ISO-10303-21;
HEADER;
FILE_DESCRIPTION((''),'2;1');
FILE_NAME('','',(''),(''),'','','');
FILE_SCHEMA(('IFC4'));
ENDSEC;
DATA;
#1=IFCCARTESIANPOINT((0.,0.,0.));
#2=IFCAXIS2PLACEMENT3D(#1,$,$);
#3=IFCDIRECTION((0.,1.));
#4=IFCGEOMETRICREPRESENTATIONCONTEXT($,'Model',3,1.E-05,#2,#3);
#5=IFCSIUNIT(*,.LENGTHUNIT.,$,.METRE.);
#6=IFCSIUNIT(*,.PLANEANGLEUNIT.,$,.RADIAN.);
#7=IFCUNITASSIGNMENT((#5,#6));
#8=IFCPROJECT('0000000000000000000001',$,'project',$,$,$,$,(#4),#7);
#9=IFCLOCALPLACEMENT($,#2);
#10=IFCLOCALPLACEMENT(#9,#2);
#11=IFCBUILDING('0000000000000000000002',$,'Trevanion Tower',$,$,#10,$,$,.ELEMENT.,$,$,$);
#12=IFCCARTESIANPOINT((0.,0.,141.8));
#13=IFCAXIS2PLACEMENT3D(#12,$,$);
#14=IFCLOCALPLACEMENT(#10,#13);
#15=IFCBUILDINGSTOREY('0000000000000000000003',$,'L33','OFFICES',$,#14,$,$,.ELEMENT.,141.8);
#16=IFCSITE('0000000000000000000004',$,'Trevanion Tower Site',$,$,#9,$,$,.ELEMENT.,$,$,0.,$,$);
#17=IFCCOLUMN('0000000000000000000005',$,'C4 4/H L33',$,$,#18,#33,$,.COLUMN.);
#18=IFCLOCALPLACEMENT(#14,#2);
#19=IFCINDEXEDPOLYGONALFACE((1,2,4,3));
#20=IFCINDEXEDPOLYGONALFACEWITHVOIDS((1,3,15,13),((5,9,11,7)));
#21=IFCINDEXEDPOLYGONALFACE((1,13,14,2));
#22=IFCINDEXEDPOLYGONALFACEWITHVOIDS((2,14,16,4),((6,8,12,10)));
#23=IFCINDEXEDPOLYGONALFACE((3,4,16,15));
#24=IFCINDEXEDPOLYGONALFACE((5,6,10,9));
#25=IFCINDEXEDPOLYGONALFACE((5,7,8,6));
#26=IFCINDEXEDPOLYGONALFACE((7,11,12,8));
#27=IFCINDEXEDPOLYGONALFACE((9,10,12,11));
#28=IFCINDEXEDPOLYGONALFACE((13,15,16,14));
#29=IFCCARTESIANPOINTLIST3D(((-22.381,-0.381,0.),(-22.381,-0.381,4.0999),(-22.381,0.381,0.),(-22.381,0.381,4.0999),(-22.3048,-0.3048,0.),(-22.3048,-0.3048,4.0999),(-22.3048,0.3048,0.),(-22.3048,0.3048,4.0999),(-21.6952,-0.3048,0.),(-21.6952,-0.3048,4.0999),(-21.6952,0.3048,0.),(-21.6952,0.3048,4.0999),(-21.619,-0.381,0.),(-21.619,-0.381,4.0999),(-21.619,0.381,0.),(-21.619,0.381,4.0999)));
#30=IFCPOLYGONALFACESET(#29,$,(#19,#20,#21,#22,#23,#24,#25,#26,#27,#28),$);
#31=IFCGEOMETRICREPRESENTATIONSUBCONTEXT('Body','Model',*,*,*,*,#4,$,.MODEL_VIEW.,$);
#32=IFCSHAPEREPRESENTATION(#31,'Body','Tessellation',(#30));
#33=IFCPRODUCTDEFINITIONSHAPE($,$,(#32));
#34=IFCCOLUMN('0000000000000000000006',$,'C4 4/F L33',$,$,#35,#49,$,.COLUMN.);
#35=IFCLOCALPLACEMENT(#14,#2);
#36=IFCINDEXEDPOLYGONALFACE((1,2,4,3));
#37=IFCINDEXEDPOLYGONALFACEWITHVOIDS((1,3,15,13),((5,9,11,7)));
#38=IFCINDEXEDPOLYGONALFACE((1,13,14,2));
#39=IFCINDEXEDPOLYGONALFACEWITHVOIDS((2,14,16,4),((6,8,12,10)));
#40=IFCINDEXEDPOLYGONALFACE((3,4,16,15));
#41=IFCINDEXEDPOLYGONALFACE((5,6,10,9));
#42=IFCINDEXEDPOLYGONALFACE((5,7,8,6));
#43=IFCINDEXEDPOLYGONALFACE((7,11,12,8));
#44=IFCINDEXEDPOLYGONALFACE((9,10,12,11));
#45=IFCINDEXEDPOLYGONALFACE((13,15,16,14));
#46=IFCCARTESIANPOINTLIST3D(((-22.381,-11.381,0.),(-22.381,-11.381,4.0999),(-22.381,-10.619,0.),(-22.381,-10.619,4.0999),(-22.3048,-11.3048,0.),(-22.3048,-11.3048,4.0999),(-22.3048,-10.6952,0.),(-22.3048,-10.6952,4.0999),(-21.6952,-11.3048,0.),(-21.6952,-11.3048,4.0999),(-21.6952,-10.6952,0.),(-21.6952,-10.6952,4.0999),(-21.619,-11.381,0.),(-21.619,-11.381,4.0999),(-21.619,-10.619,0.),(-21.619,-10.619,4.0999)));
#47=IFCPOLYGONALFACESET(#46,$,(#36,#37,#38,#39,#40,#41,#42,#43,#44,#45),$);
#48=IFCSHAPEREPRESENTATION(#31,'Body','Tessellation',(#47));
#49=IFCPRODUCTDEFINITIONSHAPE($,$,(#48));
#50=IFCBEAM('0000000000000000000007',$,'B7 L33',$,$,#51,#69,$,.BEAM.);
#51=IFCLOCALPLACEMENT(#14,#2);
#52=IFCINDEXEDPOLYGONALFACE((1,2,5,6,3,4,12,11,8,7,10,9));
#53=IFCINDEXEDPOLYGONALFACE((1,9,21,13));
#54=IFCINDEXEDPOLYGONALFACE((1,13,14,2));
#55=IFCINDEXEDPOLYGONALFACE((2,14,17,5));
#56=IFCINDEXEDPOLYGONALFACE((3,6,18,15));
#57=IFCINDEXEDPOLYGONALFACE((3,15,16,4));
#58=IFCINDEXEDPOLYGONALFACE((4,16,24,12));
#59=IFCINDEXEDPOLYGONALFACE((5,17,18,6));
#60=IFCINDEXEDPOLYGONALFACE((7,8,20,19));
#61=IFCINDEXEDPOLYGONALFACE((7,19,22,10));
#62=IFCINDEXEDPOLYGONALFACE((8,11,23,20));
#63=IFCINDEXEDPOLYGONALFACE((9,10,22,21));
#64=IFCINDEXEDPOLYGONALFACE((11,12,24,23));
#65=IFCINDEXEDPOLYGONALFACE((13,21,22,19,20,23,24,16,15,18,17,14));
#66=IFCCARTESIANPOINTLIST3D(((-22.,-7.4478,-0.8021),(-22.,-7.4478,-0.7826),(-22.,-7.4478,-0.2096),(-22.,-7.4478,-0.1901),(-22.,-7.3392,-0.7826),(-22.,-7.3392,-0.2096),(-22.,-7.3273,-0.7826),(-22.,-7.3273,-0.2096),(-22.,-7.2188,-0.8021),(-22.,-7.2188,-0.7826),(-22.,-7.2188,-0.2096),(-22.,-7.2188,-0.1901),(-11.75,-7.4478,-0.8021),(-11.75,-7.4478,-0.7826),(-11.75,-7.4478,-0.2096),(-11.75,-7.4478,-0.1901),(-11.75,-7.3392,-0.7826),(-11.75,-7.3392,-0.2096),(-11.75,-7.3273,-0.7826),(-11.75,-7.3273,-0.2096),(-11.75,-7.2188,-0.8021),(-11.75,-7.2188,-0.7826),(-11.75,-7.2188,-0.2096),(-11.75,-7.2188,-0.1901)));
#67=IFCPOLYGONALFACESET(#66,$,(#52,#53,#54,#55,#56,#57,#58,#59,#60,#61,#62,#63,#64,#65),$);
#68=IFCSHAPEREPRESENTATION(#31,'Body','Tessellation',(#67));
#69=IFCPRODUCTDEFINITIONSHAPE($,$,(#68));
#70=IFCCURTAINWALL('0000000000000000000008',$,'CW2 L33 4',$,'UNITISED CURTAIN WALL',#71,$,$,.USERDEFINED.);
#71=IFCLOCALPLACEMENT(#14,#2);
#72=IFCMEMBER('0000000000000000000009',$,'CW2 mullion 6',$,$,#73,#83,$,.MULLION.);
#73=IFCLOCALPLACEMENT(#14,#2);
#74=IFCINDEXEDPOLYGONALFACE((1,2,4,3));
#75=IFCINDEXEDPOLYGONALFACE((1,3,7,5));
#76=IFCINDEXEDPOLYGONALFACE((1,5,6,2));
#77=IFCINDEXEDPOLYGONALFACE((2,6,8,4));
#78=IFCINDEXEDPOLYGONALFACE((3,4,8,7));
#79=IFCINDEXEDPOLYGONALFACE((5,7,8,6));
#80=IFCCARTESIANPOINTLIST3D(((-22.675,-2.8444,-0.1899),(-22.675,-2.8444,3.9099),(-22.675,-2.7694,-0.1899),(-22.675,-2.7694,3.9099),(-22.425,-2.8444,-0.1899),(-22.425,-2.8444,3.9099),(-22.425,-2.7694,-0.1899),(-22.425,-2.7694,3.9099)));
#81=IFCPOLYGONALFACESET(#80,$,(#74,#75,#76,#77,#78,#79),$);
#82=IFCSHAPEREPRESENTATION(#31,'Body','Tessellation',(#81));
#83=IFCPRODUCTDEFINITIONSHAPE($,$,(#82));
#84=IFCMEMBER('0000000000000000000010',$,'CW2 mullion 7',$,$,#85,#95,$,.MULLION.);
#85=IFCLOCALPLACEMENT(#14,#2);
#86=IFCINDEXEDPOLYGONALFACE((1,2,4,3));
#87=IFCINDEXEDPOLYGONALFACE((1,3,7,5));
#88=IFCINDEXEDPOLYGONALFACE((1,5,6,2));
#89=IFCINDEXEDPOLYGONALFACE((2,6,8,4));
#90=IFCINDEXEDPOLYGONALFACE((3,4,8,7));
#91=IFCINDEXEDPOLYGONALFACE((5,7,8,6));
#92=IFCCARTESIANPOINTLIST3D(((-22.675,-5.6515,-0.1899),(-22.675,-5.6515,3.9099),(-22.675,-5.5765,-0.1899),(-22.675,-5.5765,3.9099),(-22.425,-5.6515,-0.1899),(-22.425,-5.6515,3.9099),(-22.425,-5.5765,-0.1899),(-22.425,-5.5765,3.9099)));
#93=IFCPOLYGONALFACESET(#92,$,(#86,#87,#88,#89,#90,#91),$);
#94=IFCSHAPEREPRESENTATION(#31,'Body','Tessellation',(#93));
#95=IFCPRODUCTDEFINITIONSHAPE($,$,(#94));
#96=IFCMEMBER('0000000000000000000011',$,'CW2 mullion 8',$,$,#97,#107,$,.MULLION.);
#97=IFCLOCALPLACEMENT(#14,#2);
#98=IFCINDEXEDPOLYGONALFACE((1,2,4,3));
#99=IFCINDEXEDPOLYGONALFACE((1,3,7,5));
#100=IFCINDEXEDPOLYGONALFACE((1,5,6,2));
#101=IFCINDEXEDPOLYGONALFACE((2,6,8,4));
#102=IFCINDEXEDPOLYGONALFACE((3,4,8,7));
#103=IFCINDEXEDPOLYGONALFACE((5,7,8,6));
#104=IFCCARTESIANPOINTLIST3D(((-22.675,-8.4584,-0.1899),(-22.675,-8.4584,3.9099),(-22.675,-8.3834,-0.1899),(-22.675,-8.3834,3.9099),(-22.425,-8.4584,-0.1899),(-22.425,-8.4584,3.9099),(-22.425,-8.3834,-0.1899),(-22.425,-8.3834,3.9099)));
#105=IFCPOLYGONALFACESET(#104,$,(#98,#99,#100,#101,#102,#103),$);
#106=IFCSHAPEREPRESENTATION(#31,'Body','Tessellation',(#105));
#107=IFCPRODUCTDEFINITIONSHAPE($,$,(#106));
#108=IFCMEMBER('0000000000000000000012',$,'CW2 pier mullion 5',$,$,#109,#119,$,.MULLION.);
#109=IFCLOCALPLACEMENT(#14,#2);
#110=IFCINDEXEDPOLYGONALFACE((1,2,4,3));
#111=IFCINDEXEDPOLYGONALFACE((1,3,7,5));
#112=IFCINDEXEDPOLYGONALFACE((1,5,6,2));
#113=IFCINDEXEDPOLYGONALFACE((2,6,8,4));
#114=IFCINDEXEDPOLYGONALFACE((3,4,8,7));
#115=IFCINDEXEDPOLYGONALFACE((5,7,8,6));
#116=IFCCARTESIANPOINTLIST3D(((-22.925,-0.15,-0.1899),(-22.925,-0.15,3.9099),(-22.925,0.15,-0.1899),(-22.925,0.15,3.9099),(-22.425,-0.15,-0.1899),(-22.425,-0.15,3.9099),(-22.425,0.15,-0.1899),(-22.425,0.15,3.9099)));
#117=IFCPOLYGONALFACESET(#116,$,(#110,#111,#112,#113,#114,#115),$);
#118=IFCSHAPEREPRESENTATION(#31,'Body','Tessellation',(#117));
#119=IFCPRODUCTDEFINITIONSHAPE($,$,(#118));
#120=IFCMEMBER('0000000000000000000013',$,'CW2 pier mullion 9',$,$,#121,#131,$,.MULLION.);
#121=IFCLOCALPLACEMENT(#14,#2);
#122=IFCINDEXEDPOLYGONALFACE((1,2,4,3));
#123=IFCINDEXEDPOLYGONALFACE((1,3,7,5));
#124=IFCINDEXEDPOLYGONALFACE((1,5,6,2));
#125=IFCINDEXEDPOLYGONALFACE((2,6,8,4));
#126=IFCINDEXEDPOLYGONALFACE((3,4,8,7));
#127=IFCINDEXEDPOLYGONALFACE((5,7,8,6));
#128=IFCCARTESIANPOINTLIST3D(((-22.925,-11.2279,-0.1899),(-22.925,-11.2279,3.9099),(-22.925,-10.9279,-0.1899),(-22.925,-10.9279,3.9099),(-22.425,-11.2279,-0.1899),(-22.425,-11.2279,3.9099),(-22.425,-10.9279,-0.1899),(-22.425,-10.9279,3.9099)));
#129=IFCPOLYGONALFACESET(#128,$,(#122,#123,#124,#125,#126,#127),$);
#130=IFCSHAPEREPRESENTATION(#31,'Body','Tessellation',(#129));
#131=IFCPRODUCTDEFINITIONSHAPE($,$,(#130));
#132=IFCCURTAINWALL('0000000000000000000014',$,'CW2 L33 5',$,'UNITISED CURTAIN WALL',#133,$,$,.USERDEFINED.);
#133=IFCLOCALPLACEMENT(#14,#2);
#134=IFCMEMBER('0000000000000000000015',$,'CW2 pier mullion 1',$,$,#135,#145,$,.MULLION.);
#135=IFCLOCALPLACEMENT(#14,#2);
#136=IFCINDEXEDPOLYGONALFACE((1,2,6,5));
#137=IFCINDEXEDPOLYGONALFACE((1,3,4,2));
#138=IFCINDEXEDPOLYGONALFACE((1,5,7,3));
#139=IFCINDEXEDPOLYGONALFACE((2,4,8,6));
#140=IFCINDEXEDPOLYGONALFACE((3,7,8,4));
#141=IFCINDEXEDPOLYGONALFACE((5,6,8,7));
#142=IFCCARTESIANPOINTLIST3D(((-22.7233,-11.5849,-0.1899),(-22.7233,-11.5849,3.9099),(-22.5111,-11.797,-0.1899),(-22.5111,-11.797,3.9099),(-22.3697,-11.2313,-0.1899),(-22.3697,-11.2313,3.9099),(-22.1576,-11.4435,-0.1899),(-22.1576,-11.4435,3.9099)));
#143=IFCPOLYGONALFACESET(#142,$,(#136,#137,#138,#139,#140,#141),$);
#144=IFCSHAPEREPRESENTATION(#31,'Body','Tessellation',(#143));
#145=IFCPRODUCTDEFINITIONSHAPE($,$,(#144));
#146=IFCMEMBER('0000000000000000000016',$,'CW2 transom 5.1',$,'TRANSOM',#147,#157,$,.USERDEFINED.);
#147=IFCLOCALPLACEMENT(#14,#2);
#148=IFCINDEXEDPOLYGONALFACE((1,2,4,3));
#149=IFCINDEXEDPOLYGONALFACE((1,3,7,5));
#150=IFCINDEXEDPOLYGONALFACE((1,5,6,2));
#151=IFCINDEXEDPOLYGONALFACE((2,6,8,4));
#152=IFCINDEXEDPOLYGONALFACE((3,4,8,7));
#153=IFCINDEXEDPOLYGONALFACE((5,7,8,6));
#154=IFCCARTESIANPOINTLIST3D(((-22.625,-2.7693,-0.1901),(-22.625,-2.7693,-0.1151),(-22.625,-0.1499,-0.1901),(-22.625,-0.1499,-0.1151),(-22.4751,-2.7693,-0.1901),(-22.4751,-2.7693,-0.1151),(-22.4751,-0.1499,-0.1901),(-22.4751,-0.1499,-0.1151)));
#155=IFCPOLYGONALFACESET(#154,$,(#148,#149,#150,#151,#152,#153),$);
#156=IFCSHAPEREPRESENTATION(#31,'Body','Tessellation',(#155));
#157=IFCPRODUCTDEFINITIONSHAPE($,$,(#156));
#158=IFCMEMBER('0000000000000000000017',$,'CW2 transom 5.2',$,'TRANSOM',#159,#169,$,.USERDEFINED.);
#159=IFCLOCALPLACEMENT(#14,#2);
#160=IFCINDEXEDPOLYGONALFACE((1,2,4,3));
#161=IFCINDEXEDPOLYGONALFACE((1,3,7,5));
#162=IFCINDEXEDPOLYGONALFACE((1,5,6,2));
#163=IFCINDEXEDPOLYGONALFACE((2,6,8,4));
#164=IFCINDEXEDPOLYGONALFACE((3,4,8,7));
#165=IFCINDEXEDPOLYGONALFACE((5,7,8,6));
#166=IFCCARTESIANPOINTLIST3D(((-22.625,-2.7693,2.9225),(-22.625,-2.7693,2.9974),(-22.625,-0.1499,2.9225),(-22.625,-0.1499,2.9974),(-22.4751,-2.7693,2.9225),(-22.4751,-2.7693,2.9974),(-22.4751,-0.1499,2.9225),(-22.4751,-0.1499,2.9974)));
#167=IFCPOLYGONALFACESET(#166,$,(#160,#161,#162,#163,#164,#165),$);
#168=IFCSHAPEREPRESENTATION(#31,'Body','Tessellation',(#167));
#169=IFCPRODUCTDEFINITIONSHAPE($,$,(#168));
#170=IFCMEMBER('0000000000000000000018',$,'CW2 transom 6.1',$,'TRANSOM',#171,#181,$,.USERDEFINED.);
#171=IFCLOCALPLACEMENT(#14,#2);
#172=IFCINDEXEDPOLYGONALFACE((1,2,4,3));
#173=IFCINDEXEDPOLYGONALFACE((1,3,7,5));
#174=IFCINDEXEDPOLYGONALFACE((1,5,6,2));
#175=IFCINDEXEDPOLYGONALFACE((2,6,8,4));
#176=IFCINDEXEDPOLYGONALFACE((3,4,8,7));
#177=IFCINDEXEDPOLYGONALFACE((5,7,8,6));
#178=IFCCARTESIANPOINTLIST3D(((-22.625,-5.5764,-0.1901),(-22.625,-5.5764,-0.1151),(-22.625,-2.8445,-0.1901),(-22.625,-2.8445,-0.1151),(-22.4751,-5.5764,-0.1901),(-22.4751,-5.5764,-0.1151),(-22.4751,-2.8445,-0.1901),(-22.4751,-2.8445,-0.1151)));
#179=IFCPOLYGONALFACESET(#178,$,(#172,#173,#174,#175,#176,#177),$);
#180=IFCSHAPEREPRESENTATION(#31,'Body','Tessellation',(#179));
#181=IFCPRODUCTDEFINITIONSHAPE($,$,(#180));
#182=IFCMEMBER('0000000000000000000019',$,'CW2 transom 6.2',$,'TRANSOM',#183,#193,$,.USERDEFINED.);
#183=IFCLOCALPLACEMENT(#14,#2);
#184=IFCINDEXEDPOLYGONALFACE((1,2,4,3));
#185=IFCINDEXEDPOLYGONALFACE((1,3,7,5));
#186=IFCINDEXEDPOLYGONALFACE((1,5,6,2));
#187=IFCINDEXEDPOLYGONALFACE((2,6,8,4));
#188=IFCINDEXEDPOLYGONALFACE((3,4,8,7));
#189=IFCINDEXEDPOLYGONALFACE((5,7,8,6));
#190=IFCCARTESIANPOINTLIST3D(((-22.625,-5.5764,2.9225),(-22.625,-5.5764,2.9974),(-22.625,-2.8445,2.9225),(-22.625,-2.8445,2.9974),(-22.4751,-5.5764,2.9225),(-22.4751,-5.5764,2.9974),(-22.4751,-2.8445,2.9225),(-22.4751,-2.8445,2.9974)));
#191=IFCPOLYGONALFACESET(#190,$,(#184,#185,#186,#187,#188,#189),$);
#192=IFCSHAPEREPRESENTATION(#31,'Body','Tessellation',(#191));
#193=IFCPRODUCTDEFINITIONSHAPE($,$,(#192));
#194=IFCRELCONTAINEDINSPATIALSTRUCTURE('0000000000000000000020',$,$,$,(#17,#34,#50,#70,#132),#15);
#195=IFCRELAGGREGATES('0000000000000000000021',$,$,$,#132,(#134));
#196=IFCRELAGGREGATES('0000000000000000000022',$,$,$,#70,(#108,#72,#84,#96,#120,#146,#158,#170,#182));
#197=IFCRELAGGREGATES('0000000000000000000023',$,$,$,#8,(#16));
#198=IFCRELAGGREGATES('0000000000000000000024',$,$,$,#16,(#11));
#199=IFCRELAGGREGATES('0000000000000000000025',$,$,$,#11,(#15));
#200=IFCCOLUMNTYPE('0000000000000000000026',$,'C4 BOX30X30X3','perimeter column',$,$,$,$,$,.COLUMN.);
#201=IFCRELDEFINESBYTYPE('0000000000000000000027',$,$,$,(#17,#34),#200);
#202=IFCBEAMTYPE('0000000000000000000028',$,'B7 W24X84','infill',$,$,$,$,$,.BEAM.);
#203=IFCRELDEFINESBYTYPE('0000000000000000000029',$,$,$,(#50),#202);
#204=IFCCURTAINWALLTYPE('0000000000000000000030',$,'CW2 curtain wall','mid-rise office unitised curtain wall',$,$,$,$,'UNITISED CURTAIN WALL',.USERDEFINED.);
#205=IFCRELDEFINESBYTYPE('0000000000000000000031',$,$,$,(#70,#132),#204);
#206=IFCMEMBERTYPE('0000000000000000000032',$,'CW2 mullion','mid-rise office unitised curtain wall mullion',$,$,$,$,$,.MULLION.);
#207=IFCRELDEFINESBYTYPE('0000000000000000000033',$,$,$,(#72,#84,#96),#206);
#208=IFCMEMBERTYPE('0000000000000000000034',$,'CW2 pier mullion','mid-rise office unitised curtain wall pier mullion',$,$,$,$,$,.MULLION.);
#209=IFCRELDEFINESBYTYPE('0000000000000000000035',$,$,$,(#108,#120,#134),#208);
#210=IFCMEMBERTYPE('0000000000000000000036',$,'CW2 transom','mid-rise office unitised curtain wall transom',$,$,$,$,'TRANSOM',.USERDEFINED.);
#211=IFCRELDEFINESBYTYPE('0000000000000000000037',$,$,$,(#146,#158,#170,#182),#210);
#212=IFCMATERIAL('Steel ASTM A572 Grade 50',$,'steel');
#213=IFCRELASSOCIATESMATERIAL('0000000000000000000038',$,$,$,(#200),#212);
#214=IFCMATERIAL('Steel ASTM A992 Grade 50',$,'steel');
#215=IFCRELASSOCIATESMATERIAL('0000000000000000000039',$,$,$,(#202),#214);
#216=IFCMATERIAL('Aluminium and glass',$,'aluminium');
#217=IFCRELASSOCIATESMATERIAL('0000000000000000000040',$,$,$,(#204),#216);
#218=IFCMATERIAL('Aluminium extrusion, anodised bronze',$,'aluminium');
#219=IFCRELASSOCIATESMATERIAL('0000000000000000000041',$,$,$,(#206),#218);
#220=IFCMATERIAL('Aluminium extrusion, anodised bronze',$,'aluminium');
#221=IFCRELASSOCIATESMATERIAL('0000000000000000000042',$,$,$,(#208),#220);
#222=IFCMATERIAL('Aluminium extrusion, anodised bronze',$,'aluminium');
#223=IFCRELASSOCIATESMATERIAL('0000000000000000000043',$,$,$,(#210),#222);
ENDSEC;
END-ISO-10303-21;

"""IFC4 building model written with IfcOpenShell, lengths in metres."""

from ifc_helpers import new_model, si_unit, direction, frame, origin, origin_2d, place, context, subcontext, project, spatial, rectangle, hollow_rectangle, i_section, extrude, material, material_profile, profile_set, type_object, element, aggregate, save


model = new_model("IFC4")

# Units and contexts
model_context = context("Model", 3, precision=1e-05, world=origin(), true_north=direction((0.0, 1.0)))
body_context = subcontext(model_context, "Body", "Model", "MODEL_VIEW")
ifc_project = project(units=[si_unit("LENGTHUNIT", "METRE"), si_unit("PLANEANGLEUNIT", "RADIAN")], contexts=[model_context])

# Site, building, storey
site_placement = place(None, origin())
site = spatial("IfcSite", under=ifc_project, at=site_placement, Name="Trevanion Tower Site", CompositionType="ELEMENT", RefElevation=0.0)
building_placement = place(site_placement, origin())
building = spatial("IfcBuilding", under=site, at=building_placement, Name="Trevanion Tower", CompositionType="ELEMENT")
storey_placement = place(building_placement, frame((0.0, 0.0, 141.8)))
storey = spatial("IfcBuildingStorey", under=building, at=storey_placement, Name="L33", Description="OFFICES", CompositionType="ELEMENT", Elevation=141.8)

# Columns
ifc_material_1 = material(Name="Steel ASTM A572 Grade 50", Category="steel")
ifc_material_profile_1 = material_profile(ifc_material_1, hollow_rectangle(XDim=0.762, YDim=0.762, WallThickness=0.0762, at=origin_2d()), Name="BOX30X30X3")
ifc_profile_set_1 = profile_set([ifc_material_profile_1], Name="Steel ASTM A572 Grade 50")
column_type = type_object("IfcColumnType", Name="C4 BOX30X30X3", Description="perimeter column", PredefinedType="COLUMN", material=ifc_profile_set_1)
for number, where, z_axis, x_axis, name in (
    (1, (-22.0, 0.0, 0.0), (0.0, 0.0, 1.0), (0.0, 1.0, 0.0), "C4 4/H L33"),
    (2, (-22.0, -11.0, 0.0), (0.0, 0.0, 1.0), (0.0, 1.0, 0.0), "C4 4/F L33"),
):
    element("IfcColumn", number, at=place(storey_placement, frame(where, z_axis=z_axis, x_axis=x_axis)), inside=storey, type_object=column_type, Name=name, PredefinedType="COLUMN", context=body_context, shape_type="SweptSolid", body=[
        extrude(hollow_rectangle(XDim=0.762, YDim=0.762, WallThickness=0.0762, at=origin_2d()), origin(), (0.0, 0.0, 1.0), 4.0999),
    ])

# Beam
ifc_material_2 = material(Name="Steel ASTM A992 Grade 50", Category="steel")
ifc_material_profile_2 = material_profile(ifc_material_2, i_section(OverallWidth=0.229, OverallDepth=0.6121, WebThickness=0.012, FlangeThickness=0.0195, at=origin_2d()), Name="W24X84")
ifc_profile_set_2 = profile_set([ifc_material_profile_2], Name="Steel ASTM A992 Grade 50")
beam_type_1 = type_object("IfcBeamType", Name="B7 W24X84", Description="infill", PredefinedType="BEAM", material=ifc_profile_set_2)
beam_1_placement = place(storey_placement, frame((-11.75, -7.3333, -0.4961), z_axis=(-1.0, 0.0, 0.0), x_axis=(0.0, -1.0, 0.0)))
element("IfcBeam", 3, at=beam_1_placement, inside=storey, type_object=beam_type_1, Name="B7 L33", PredefinedType="BEAM", context=body_context, shape_type="SweptSolid", body=[
    extrude(i_section(OverallWidth=0.229, OverallDepth=0.6121, WebThickness=0.012, FlangeThickness=0.0195, at=origin_2d()), origin(), (0.0, 0.0, 1.0), 10.25),
])

# Curtain wall, members
ifc_material_3 = material(Name="Aluminium and glass", Category="aluminium")
curtain_wall_type = type_object("IfcCurtainWallType", Name="CW2 curtain wall", Description="mid-rise office unitised curtain wall", ElementType="UNITISED CURTAIN WALL", PredefinedType="USERDEFINED", material=ifc_material_3)
curtain_wall_1_placement = place(storey_placement, origin())
curtain_wall_1 = element("IfcCurtainWall", 4, at=curtain_wall_1_placement, inside=storey, type_object=curtain_wall_type, Name="CW2 L33 4", ObjectType="UNITISED CURTAIN WALL", PredefinedType="USERDEFINED")
ifc_material_4 = material(Name="Aluminium extrusion, anodised bronze", Category="aluminium")
ifc_material_profile_3 = material_profile(ifc_material_4, rectangle(XDim=0.075, YDim=0.25, at=origin_2d()), Name="CW2 mullion")
ifc_profile_set_3 = profile_set([ifc_material_profile_3], Name="Aluminium extrusion, anodised bronze")
member_type_1 = type_object("IfcMemberType", Name="CW2 mullion", Description="mid-rise office unitised curtain wall mullion", PredefinedType="MULLION", material=ifc_profile_set_3)
member_1_placement = place(storey_placement, frame((-22.55, -2.8069, -0.1899), z_axis=(0.0, 0.0, 1.0), x_axis=(0.0, -1.0, 0.0)))
member_1 = element("IfcMember", 5, at=member_1_placement, type_object=member_type_1, Name="CW2 mullion 6", PredefinedType="MULLION", context=body_context, shape_type="SweptSolid", body=[
    extrude(rectangle(XDim=0.075, YDim=0.25, at=origin_2d()), origin(), (0.0, 0.0, 1.0), 4.0999),
])
member_2_placement = place(storey_placement, frame((-22.55, -5.614, -0.1899), z_axis=(0.0, 0.0, 1.0), x_axis=(0.0, -1.0, 0.0)))
member_2 = element("IfcMember", 6, at=member_2_placement, type_object=member_type_1, Name="CW2 mullion 7", PredefinedType="MULLION", context=body_context, shape_type="SweptSolid", body=[
    extrude(rectangle(XDim=0.075, YDim=0.25, at=origin_2d()), origin(), (0.0, 0.0, 1.0), 4.0999),
])
member_3_placement = place(storey_placement, frame((-22.55, -8.4209, -0.1899), z_axis=(0.0, 0.0, 1.0), x_axis=(0.0, -1.0, 0.0)))
member_3 = element("IfcMember", 7, at=member_3_placement, type_object=member_type_1, Name="CW2 mullion 8", PredefinedType="MULLION", context=body_context, shape_type="SweptSolid", body=[
    extrude(rectangle(XDim=0.075, YDim=0.25, at=origin_2d()), origin(), (0.0, 0.0, 1.0), 4.0999),
])
ifc_material_5 = material(Name="Aluminium extrusion, anodised bronze", Category="aluminium")
ifc_material_profile_4 = material_profile(ifc_material_5, rectangle(XDim=0.3, YDim=0.5, at=origin_2d()), Name="CW2 pier mullion")
ifc_profile_set_4 = profile_set([ifc_material_profile_4], Name="Aluminium extrusion, anodised bronze")
member_type_2 = type_object("IfcMemberType", Name="CW2 pier mullion", Description="mid-rise office unitised curtain wall pier mullion", PredefinedType="MULLION", material=ifc_profile_set_4)
member_4_placement = place(storey_placement, frame((-22.675, 0.0, -0.1899), z_axis=(0.0, 0.0, 1.0), x_axis=(0.0, -1.0, 0.0)))
member_4 = element("IfcMember", 8, at=member_4_placement, type_object=member_type_2, Name="CW2 pier mullion 5", PredefinedType="MULLION", context=body_context, shape_type="SweptSolid", body=[
    extrude(rectangle(XDim=0.3, YDim=0.5, at=origin_2d()), origin(), (0.0, 0.0, 1.0), 4.0999),
])
member_5_placement = place(storey_placement, frame((-22.675, -11.0779, -0.1899), z_axis=(0.0, 0.0, 1.0), x_axis=(0.0, -1.0, 0.0)))
member_5 = element("IfcMember", 9, at=member_5_placement, type_object=member_type_2, Name="CW2 pier mullion 9", PredefinedType="MULLION", context=body_context, shape_type="SweptSolid", body=[
    extrude(rectangle(XDim=0.3, YDim=0.5, at=origin_2d()), origin(), (0.0, 0.0, 1.0), 4.0999),
])

# Curtain wall, member
curtain_wall_2_placement = place(storey_placement, origin())
curtain_wall_2 = element("IfcCurtainWall", 10, at=curtain_wall_2_placement, inside=storey, type_object=curtain_wall_type, Name="CW2 L33 5", ObjectType="UNITISED CURTAIN WALL", PredefinedType="USERDEFINED")
member_6_placement = place(storey_placement, frame((-22.4404, -11.5142, -0.1899), z_axis=(0.0, 0.0, 1.0), x_axis=(0.707107, -0.707107, 0.0)))
member_6 = element("IfcMember", 11, at=member_6_placement, type_object=member_type_2, Name="CW2 pier mullion 1", PredefinedType="MULLION", context=body_context, shape_type="SweptSolid", body=[
    extrude(rectangle(XDim=0.3, YDim=0.5, at=origin_2d()), origin(), (0.0, 0.0, 1.0), 4.0999),
])

# Members
ifc_material_6 = material(Name="Aluminium extrusion, anodised bronze", Category="aluminium")
ifc_material_profile_5 = material_profile(ifc_material_6, rectangle(XDim=0.1499, YDim=0.075, at=origin_2d()), Name="CW2 transom")
ifc_profile_set_5 = profile_set([ifc_material_profile_5], Name="Aluminium extrusion, anodised bronze")
member_type_3 = type_object("IfcMemberType", Name="CW2 transom", Description="mid-rise office unitised curtain wall transom", ElementType="TRANSOM", PredefinedType="USERDEFINED", material=ifc_profile_set_5)
member_7_placement = place(storey_placement, frame((-22.55, -0.1499, -0.1526), z_axis=(0.0, -1.0, 0.0), x_axis=(1.0, 0.0, 0.0)))
member_7 = element("IfcMember", 12, at=member_7_placement, type_object=member_type_3, Name="CW2 transom 5.1", ObjectType="TRANSOM", PredefinedType="USERDEFINED", context=body_context, shape_type="SweptSolid", body=[
    extrude(rectangle(XDim=0.1499, YDim=0.075, at=origin_2d()), origin(), (0.0, 0.0, 1.0), 2.6194),
])
member_8_placement = place(storey_placement, frame((-22.55, -0.1499, 2.96), z_axis=(0.0, -1.0, 0.0), x_axis=(1.0, 0.0, 0.0)))
member_8 = element("IfcMember", 13, at=member_8_placement, type_object=member_type_3, Name="CW2 transom 5.2", ObjectType="TRANSOM", PredefinedType="USERDEFINED", context=body_context, shape_type="SweptSolid", body=[
    extrude(rectangle(XDim=0.1499, YDim=0.075, at=origin_2d()), origin(), (0.0, 0.0, 1.0), 2.6194),
])
member_9_placement = place(storey_placement, frame((-22.55, -2.8445, -0.1526), z_axis=(0.0, -1.0, 0.0), x_axis=(1.0, 0.0, 0.0)))
member_9 = element("IfcMember", 14, at=member_9_placement, type_object=member_type_3, Name="CW2 transom 6.1", ObjectType="TRANSOM", PredefinedType="USERDEFINED", context=body_context, shape_type="SweptSolid", body=[
    extrude(rectangle(XDim=0.1499, YDim=0.075, at=origin_2d()), origin(), (0.0, 0.0, 1.0), 2.7319),
])
member_10_placement = place(storey_placement, frame((-22.55, -2.8445, 2.96), z_axis=(0.0, -1.0, 0.0), x_axis=(1.0, 0.0, 0.0)))
member_10 = element("IfcMember", 15, at=member_10_placement, type_object=member_type_3, Name="CW2 transom 6.2", ObjectType="TRANSOM", PredefinedType="USERDEFINED", context=body_context, shape_type="SweptSolid", body=[
    extrude(rectangle(XDim=0.1499, YDim=0.075, at=origin_2d()), origin(), (0.0, 0.0, 1.0), 2.7319),
])
aggregate(curtain_wall_2, [member_6])

aggregate(curtain_wall_1, [member_4, member_1, member_2, member_3, member_5, member_7, member_8, member_9, member_10])

save(model, "model.ifc")
